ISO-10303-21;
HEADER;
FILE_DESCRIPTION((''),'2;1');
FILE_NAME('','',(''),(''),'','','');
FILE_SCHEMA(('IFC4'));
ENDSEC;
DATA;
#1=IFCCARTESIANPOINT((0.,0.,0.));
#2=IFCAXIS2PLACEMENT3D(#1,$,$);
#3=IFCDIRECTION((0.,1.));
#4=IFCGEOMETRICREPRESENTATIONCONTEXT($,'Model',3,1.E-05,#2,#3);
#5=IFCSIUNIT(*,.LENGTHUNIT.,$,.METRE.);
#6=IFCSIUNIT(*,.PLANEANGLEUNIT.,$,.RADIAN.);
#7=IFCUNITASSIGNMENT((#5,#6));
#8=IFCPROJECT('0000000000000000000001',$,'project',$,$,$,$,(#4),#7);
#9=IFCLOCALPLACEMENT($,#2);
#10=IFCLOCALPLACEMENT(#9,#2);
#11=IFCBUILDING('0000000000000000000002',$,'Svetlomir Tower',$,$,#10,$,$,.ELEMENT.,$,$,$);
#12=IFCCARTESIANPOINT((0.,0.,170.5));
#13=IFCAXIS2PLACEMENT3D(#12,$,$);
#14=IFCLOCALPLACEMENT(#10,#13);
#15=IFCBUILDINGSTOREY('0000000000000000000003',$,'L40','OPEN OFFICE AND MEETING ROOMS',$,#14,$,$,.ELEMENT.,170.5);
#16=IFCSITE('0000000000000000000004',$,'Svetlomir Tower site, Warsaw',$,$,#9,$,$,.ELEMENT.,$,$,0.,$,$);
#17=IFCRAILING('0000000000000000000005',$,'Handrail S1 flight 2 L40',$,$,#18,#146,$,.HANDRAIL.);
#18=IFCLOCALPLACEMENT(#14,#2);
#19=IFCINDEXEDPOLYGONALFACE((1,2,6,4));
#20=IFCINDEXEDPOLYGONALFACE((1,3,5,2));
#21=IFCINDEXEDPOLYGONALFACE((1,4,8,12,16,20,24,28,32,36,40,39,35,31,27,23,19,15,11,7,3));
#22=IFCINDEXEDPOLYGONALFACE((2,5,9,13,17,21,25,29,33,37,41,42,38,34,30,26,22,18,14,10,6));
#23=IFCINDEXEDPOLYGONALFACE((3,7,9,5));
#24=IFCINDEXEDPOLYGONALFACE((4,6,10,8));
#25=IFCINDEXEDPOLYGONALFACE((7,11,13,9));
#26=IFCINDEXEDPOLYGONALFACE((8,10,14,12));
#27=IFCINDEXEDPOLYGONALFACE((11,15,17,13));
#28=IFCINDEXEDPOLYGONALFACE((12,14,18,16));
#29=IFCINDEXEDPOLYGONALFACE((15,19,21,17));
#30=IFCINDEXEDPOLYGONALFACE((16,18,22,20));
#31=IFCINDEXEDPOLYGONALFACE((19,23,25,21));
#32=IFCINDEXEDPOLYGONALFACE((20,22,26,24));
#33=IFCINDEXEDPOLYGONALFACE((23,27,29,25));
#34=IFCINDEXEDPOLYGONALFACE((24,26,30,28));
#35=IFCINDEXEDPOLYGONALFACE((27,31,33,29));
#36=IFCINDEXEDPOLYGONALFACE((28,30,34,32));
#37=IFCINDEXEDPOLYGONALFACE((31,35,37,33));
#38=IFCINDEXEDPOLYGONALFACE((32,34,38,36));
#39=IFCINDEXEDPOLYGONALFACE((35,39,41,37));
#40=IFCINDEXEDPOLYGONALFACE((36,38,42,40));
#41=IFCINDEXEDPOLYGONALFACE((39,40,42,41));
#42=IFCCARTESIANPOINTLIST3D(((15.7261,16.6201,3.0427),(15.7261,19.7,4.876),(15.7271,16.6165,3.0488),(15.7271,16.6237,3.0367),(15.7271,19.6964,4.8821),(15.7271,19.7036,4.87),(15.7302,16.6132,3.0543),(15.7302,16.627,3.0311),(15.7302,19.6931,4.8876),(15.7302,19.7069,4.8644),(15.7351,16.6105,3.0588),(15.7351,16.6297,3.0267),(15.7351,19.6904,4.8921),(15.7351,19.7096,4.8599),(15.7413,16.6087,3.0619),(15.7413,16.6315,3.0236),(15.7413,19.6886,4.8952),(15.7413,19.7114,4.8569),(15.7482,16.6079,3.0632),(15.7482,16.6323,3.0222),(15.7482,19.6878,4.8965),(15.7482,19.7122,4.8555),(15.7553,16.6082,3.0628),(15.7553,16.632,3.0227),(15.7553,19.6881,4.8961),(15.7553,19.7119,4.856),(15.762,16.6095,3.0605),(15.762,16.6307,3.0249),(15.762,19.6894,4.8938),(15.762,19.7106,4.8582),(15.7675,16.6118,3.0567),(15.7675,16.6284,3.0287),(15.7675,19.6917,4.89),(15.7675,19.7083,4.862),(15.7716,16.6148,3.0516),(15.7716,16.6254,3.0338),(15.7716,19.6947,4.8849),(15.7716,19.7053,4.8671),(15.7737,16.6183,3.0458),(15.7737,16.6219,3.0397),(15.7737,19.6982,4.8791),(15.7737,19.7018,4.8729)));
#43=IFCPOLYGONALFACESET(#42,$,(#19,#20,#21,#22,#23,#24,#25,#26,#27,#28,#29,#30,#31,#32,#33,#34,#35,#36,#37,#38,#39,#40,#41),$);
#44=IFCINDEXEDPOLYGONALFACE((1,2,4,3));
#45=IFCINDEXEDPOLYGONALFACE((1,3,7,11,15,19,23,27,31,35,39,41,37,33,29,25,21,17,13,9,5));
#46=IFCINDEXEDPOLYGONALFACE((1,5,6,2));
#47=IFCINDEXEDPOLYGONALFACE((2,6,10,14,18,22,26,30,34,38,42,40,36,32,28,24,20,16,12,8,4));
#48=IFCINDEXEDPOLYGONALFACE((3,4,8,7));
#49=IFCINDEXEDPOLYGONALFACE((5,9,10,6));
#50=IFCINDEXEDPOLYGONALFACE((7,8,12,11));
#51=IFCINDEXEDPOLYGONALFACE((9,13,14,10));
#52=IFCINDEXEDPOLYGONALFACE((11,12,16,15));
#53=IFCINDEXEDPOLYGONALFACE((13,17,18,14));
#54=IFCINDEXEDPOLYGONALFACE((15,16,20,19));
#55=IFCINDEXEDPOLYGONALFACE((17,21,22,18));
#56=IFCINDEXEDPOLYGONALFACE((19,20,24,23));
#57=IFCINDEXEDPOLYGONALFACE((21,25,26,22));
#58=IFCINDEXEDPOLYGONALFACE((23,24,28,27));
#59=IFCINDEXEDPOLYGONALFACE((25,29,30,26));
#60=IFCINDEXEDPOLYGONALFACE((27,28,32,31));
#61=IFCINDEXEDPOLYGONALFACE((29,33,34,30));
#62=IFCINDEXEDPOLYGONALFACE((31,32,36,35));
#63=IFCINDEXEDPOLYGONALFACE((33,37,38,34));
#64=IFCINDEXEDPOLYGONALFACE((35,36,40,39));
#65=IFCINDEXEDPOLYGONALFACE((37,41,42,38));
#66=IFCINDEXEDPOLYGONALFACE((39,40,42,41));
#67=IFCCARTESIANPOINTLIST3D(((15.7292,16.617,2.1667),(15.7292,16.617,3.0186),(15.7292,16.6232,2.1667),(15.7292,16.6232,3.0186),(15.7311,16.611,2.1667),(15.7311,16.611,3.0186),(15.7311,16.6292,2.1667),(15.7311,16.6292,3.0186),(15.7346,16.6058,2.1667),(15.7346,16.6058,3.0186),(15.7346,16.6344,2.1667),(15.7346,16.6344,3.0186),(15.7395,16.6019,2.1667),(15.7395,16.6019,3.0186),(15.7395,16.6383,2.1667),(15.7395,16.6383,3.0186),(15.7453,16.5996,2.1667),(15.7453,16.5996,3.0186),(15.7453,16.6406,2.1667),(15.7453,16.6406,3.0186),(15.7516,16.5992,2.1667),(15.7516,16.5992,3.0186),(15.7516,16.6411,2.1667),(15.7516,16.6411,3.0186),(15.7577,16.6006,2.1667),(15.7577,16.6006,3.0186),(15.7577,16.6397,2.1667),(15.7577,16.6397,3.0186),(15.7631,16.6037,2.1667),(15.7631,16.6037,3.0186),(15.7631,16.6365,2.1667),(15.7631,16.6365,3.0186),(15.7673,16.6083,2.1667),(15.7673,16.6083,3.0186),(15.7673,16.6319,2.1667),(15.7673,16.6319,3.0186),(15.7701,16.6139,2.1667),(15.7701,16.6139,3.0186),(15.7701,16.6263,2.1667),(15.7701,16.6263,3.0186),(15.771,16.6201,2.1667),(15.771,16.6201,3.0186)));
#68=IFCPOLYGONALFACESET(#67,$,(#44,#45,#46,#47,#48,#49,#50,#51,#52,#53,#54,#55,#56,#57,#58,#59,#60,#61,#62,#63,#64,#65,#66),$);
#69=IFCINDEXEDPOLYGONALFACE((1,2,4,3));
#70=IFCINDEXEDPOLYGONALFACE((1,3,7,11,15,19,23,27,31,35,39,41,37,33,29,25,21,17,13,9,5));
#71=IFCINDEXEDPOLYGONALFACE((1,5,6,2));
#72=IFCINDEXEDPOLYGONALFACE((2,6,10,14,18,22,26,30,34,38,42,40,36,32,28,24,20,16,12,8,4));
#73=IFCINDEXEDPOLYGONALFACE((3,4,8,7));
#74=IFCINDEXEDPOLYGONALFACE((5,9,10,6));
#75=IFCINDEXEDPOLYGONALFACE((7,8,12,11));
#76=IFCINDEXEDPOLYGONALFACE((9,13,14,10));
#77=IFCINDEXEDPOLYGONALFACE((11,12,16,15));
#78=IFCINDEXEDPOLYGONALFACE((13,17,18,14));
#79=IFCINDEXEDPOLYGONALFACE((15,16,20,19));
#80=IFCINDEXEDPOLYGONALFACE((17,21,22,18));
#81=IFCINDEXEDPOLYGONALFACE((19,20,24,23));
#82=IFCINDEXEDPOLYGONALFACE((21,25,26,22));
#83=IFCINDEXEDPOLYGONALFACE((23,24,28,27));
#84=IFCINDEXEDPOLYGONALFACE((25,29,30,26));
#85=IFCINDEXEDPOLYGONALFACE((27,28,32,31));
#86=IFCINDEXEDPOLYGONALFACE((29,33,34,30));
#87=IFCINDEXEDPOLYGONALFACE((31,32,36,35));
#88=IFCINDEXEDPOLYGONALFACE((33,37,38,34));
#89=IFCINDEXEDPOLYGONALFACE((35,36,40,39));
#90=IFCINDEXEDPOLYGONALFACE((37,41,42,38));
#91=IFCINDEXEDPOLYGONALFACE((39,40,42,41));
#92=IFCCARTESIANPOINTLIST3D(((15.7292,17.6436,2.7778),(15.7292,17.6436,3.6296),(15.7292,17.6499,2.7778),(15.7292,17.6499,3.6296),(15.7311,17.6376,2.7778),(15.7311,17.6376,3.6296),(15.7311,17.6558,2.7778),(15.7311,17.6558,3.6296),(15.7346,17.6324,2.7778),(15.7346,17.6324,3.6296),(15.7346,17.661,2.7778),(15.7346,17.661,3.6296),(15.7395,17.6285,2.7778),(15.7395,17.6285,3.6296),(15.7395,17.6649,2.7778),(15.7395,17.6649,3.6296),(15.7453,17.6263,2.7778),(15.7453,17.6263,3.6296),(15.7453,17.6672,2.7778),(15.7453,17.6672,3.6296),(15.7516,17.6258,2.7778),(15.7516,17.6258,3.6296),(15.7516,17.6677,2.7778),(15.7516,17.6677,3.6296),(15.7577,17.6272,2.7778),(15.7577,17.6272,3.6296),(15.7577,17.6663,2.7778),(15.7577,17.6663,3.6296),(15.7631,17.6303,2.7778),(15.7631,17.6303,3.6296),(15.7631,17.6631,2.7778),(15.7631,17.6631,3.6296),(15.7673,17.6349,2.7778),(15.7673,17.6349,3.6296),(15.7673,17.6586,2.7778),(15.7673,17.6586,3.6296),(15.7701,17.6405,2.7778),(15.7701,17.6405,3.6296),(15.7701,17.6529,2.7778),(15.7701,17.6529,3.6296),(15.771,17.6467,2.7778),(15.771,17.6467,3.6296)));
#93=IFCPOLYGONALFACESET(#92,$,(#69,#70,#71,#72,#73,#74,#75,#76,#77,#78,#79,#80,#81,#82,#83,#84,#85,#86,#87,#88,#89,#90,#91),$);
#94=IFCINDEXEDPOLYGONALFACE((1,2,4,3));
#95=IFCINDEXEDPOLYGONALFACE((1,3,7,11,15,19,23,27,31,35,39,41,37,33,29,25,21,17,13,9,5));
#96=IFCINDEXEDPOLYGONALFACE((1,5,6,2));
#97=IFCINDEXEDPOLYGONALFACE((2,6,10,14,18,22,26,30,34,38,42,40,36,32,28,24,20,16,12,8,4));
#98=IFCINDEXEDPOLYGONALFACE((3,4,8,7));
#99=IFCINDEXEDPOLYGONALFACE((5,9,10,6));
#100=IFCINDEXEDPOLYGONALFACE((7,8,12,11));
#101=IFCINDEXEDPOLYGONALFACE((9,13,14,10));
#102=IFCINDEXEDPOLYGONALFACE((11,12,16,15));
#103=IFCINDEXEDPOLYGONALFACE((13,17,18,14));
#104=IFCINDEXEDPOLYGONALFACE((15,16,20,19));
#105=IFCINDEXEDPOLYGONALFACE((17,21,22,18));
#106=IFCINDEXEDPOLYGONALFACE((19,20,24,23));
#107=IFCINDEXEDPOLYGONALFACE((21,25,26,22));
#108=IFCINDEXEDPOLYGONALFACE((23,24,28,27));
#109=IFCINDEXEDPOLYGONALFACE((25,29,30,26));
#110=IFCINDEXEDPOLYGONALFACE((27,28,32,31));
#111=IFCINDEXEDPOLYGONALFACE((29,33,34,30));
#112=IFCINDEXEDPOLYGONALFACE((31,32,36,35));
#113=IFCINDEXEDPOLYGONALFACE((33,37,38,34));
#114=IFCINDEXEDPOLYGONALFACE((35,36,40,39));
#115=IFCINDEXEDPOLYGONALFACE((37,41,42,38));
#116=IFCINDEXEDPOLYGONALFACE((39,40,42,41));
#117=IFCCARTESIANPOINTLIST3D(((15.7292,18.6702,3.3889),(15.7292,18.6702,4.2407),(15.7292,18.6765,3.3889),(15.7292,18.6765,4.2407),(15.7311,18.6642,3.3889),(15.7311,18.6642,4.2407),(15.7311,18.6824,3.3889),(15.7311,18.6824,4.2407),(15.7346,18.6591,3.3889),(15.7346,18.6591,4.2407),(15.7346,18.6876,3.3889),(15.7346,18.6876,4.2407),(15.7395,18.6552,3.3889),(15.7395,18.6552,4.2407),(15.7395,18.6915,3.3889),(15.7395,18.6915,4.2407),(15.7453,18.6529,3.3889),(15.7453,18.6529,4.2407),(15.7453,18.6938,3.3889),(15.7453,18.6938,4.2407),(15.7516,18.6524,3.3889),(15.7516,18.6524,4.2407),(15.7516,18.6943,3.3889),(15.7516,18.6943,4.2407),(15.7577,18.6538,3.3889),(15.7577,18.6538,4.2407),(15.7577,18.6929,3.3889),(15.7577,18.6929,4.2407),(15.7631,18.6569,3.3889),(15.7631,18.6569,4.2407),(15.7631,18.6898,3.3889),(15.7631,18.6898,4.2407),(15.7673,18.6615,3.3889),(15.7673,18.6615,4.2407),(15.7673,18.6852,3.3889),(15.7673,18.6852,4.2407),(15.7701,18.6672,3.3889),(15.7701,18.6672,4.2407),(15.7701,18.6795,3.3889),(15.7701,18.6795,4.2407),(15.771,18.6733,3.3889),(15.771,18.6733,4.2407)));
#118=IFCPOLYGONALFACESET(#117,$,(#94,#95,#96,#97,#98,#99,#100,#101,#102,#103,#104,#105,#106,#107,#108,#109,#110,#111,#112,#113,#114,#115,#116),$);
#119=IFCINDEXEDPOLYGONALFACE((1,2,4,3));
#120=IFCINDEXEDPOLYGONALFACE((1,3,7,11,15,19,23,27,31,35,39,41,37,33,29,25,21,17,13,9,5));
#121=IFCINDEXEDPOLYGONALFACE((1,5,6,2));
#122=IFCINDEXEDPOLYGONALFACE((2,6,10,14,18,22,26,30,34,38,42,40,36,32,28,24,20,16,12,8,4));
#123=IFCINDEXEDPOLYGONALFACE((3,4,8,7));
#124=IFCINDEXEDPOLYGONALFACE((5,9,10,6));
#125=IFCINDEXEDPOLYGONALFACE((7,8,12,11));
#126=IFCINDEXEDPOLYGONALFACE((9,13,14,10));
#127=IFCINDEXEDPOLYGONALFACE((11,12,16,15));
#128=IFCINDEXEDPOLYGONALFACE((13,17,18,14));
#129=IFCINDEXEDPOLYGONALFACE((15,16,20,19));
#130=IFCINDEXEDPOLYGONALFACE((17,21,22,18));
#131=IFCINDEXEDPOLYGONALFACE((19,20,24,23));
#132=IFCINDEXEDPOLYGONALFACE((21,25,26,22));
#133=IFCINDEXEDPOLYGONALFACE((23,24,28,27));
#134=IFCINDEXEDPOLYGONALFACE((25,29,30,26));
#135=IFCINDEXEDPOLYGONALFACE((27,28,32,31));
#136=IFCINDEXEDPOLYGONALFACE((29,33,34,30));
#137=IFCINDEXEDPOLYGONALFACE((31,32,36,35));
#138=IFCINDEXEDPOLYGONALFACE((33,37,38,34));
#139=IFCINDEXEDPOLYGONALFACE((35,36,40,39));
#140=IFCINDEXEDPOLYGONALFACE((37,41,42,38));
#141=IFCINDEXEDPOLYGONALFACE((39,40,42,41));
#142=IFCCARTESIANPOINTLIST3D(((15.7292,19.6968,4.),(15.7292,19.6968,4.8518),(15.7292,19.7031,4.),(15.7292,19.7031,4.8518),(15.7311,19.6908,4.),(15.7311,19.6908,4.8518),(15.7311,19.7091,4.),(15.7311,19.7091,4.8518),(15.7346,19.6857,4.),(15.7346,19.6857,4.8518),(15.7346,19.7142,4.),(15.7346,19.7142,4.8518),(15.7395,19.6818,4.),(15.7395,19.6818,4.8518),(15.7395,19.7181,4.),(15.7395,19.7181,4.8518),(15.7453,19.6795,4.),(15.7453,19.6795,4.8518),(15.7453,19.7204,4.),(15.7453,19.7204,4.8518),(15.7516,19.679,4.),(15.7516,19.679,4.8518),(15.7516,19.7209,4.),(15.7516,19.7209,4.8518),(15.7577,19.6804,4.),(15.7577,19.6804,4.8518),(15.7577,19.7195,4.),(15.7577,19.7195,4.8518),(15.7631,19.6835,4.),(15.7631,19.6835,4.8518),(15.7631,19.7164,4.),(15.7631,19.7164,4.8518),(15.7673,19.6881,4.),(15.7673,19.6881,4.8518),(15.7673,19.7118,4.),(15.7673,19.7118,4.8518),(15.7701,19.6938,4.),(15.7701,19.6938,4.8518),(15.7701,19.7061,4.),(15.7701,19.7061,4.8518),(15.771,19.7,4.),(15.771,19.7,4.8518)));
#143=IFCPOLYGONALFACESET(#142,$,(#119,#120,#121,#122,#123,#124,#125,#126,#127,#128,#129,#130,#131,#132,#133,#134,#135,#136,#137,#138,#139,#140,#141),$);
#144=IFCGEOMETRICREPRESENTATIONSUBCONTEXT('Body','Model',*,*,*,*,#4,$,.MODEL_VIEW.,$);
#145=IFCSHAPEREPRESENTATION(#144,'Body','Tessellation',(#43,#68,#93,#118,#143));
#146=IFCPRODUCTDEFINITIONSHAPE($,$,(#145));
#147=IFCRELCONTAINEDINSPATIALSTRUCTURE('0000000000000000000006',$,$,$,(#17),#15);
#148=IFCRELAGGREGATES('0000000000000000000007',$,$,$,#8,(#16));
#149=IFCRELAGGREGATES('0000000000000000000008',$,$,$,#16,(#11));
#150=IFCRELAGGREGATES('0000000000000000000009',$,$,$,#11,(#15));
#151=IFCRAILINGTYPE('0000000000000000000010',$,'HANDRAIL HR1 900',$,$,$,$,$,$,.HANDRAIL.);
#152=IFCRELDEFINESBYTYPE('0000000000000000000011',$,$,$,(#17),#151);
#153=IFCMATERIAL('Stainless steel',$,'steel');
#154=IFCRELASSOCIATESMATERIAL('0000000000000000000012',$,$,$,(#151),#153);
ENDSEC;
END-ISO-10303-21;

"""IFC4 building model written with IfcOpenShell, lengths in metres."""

from ifc_helpers import new_model, si_unit, direction, frame, origin, origin_2d, place, context, subcontext, project, spatial, circle, extrude, material, type_object, element, save


model = new_model("IFC4")

# Units and contexts
model_context = context("Model", 3, precision=1e-05, world=origin(), true_north=direction((0.0, 1.0)))
body_context = subcontext(model_context, "Body", "Model", "MODEL_VIEW")
ifc_project = project(units=[si_unit("LENGTHUNIT", "METRE"), si_unit("PLANEANGLEUNIT", "RADIAN")], contexts=[model_context])

# Site, building, storey
site_placement = place(None, origin())
site = spatial("IfcSite", under=ifc_project, at=site_placement, Name="Svetlomir Tower site, Warsaw", CompositionType="ELEMENT", RefElevation=0.0)
building_placement = place(site_placement, origin())
building = spatial("IfcBuilding", under=site, at=building_placement, Name="Svetlomir Tower", CompositionType="ELEMENT")
storey_placement = place(building_placement, frame((0.0, 0.0, 170.5)))
storey = spatial("IfcBuildingStorey", under=building, at=storey_placement, Name="L40", Description="OPEN OFFICE AND MEETING ROOMS", CompositionType="ELEMENT", Elevation=170.5)

# Railing
ifc_material_1 = material(Name="Stainless steel", Category="steel")
railing_type = type_object("IfcRailingType", Name="HANDRAIL HR1 900", PredefinedType="HANDRAIL", material=ifc_material_1)
railing_1_placement = place(storey_placement, frame((15.75, 16.6201, 2.1667)))
element("IfcRailing", 1, at=railing_1_placement, inside=storey, type_object=railing_type, Name="Handrail S1 flight 2 L40", PredefinedType="HANDRAIL", context=body_context, shape_type="SweptSolid", body=[
    extrude(circle(Radius=0.0239, at=origin_2d()), frame((0.0, 0.0, 0.876), z_axis=(0.0, 0.859291, 0.511487), x_axis=(-1.0, 0.0, 0.0)), (0.0, 0.0, 1.0), 3.5842),
    extrude(circle(Radius=0.021, at=origin_2d()), origin(), (0.0, 0.0, 1.0), 0.8518),
    extrude(circle(Radius=0.021, at=origin_2d()), frame((0.0, 1.0266, 0.6111)), (0.0, 0.0, 1.0), 0.8518),
    extrude(circle(Radius=0.021, at=origin_2d()), frame((0.0, 2.0532, 1.2222)), (0.0, 0.0, 1.0), 0.8518),
    extrude(circle(Radius=0.021, at=origin_2d()), frame((0.0, 3.0798, 1.8333)), (0.0, 0.0, 1.0), 0.8518),
])

save(model, "model.ifc")
